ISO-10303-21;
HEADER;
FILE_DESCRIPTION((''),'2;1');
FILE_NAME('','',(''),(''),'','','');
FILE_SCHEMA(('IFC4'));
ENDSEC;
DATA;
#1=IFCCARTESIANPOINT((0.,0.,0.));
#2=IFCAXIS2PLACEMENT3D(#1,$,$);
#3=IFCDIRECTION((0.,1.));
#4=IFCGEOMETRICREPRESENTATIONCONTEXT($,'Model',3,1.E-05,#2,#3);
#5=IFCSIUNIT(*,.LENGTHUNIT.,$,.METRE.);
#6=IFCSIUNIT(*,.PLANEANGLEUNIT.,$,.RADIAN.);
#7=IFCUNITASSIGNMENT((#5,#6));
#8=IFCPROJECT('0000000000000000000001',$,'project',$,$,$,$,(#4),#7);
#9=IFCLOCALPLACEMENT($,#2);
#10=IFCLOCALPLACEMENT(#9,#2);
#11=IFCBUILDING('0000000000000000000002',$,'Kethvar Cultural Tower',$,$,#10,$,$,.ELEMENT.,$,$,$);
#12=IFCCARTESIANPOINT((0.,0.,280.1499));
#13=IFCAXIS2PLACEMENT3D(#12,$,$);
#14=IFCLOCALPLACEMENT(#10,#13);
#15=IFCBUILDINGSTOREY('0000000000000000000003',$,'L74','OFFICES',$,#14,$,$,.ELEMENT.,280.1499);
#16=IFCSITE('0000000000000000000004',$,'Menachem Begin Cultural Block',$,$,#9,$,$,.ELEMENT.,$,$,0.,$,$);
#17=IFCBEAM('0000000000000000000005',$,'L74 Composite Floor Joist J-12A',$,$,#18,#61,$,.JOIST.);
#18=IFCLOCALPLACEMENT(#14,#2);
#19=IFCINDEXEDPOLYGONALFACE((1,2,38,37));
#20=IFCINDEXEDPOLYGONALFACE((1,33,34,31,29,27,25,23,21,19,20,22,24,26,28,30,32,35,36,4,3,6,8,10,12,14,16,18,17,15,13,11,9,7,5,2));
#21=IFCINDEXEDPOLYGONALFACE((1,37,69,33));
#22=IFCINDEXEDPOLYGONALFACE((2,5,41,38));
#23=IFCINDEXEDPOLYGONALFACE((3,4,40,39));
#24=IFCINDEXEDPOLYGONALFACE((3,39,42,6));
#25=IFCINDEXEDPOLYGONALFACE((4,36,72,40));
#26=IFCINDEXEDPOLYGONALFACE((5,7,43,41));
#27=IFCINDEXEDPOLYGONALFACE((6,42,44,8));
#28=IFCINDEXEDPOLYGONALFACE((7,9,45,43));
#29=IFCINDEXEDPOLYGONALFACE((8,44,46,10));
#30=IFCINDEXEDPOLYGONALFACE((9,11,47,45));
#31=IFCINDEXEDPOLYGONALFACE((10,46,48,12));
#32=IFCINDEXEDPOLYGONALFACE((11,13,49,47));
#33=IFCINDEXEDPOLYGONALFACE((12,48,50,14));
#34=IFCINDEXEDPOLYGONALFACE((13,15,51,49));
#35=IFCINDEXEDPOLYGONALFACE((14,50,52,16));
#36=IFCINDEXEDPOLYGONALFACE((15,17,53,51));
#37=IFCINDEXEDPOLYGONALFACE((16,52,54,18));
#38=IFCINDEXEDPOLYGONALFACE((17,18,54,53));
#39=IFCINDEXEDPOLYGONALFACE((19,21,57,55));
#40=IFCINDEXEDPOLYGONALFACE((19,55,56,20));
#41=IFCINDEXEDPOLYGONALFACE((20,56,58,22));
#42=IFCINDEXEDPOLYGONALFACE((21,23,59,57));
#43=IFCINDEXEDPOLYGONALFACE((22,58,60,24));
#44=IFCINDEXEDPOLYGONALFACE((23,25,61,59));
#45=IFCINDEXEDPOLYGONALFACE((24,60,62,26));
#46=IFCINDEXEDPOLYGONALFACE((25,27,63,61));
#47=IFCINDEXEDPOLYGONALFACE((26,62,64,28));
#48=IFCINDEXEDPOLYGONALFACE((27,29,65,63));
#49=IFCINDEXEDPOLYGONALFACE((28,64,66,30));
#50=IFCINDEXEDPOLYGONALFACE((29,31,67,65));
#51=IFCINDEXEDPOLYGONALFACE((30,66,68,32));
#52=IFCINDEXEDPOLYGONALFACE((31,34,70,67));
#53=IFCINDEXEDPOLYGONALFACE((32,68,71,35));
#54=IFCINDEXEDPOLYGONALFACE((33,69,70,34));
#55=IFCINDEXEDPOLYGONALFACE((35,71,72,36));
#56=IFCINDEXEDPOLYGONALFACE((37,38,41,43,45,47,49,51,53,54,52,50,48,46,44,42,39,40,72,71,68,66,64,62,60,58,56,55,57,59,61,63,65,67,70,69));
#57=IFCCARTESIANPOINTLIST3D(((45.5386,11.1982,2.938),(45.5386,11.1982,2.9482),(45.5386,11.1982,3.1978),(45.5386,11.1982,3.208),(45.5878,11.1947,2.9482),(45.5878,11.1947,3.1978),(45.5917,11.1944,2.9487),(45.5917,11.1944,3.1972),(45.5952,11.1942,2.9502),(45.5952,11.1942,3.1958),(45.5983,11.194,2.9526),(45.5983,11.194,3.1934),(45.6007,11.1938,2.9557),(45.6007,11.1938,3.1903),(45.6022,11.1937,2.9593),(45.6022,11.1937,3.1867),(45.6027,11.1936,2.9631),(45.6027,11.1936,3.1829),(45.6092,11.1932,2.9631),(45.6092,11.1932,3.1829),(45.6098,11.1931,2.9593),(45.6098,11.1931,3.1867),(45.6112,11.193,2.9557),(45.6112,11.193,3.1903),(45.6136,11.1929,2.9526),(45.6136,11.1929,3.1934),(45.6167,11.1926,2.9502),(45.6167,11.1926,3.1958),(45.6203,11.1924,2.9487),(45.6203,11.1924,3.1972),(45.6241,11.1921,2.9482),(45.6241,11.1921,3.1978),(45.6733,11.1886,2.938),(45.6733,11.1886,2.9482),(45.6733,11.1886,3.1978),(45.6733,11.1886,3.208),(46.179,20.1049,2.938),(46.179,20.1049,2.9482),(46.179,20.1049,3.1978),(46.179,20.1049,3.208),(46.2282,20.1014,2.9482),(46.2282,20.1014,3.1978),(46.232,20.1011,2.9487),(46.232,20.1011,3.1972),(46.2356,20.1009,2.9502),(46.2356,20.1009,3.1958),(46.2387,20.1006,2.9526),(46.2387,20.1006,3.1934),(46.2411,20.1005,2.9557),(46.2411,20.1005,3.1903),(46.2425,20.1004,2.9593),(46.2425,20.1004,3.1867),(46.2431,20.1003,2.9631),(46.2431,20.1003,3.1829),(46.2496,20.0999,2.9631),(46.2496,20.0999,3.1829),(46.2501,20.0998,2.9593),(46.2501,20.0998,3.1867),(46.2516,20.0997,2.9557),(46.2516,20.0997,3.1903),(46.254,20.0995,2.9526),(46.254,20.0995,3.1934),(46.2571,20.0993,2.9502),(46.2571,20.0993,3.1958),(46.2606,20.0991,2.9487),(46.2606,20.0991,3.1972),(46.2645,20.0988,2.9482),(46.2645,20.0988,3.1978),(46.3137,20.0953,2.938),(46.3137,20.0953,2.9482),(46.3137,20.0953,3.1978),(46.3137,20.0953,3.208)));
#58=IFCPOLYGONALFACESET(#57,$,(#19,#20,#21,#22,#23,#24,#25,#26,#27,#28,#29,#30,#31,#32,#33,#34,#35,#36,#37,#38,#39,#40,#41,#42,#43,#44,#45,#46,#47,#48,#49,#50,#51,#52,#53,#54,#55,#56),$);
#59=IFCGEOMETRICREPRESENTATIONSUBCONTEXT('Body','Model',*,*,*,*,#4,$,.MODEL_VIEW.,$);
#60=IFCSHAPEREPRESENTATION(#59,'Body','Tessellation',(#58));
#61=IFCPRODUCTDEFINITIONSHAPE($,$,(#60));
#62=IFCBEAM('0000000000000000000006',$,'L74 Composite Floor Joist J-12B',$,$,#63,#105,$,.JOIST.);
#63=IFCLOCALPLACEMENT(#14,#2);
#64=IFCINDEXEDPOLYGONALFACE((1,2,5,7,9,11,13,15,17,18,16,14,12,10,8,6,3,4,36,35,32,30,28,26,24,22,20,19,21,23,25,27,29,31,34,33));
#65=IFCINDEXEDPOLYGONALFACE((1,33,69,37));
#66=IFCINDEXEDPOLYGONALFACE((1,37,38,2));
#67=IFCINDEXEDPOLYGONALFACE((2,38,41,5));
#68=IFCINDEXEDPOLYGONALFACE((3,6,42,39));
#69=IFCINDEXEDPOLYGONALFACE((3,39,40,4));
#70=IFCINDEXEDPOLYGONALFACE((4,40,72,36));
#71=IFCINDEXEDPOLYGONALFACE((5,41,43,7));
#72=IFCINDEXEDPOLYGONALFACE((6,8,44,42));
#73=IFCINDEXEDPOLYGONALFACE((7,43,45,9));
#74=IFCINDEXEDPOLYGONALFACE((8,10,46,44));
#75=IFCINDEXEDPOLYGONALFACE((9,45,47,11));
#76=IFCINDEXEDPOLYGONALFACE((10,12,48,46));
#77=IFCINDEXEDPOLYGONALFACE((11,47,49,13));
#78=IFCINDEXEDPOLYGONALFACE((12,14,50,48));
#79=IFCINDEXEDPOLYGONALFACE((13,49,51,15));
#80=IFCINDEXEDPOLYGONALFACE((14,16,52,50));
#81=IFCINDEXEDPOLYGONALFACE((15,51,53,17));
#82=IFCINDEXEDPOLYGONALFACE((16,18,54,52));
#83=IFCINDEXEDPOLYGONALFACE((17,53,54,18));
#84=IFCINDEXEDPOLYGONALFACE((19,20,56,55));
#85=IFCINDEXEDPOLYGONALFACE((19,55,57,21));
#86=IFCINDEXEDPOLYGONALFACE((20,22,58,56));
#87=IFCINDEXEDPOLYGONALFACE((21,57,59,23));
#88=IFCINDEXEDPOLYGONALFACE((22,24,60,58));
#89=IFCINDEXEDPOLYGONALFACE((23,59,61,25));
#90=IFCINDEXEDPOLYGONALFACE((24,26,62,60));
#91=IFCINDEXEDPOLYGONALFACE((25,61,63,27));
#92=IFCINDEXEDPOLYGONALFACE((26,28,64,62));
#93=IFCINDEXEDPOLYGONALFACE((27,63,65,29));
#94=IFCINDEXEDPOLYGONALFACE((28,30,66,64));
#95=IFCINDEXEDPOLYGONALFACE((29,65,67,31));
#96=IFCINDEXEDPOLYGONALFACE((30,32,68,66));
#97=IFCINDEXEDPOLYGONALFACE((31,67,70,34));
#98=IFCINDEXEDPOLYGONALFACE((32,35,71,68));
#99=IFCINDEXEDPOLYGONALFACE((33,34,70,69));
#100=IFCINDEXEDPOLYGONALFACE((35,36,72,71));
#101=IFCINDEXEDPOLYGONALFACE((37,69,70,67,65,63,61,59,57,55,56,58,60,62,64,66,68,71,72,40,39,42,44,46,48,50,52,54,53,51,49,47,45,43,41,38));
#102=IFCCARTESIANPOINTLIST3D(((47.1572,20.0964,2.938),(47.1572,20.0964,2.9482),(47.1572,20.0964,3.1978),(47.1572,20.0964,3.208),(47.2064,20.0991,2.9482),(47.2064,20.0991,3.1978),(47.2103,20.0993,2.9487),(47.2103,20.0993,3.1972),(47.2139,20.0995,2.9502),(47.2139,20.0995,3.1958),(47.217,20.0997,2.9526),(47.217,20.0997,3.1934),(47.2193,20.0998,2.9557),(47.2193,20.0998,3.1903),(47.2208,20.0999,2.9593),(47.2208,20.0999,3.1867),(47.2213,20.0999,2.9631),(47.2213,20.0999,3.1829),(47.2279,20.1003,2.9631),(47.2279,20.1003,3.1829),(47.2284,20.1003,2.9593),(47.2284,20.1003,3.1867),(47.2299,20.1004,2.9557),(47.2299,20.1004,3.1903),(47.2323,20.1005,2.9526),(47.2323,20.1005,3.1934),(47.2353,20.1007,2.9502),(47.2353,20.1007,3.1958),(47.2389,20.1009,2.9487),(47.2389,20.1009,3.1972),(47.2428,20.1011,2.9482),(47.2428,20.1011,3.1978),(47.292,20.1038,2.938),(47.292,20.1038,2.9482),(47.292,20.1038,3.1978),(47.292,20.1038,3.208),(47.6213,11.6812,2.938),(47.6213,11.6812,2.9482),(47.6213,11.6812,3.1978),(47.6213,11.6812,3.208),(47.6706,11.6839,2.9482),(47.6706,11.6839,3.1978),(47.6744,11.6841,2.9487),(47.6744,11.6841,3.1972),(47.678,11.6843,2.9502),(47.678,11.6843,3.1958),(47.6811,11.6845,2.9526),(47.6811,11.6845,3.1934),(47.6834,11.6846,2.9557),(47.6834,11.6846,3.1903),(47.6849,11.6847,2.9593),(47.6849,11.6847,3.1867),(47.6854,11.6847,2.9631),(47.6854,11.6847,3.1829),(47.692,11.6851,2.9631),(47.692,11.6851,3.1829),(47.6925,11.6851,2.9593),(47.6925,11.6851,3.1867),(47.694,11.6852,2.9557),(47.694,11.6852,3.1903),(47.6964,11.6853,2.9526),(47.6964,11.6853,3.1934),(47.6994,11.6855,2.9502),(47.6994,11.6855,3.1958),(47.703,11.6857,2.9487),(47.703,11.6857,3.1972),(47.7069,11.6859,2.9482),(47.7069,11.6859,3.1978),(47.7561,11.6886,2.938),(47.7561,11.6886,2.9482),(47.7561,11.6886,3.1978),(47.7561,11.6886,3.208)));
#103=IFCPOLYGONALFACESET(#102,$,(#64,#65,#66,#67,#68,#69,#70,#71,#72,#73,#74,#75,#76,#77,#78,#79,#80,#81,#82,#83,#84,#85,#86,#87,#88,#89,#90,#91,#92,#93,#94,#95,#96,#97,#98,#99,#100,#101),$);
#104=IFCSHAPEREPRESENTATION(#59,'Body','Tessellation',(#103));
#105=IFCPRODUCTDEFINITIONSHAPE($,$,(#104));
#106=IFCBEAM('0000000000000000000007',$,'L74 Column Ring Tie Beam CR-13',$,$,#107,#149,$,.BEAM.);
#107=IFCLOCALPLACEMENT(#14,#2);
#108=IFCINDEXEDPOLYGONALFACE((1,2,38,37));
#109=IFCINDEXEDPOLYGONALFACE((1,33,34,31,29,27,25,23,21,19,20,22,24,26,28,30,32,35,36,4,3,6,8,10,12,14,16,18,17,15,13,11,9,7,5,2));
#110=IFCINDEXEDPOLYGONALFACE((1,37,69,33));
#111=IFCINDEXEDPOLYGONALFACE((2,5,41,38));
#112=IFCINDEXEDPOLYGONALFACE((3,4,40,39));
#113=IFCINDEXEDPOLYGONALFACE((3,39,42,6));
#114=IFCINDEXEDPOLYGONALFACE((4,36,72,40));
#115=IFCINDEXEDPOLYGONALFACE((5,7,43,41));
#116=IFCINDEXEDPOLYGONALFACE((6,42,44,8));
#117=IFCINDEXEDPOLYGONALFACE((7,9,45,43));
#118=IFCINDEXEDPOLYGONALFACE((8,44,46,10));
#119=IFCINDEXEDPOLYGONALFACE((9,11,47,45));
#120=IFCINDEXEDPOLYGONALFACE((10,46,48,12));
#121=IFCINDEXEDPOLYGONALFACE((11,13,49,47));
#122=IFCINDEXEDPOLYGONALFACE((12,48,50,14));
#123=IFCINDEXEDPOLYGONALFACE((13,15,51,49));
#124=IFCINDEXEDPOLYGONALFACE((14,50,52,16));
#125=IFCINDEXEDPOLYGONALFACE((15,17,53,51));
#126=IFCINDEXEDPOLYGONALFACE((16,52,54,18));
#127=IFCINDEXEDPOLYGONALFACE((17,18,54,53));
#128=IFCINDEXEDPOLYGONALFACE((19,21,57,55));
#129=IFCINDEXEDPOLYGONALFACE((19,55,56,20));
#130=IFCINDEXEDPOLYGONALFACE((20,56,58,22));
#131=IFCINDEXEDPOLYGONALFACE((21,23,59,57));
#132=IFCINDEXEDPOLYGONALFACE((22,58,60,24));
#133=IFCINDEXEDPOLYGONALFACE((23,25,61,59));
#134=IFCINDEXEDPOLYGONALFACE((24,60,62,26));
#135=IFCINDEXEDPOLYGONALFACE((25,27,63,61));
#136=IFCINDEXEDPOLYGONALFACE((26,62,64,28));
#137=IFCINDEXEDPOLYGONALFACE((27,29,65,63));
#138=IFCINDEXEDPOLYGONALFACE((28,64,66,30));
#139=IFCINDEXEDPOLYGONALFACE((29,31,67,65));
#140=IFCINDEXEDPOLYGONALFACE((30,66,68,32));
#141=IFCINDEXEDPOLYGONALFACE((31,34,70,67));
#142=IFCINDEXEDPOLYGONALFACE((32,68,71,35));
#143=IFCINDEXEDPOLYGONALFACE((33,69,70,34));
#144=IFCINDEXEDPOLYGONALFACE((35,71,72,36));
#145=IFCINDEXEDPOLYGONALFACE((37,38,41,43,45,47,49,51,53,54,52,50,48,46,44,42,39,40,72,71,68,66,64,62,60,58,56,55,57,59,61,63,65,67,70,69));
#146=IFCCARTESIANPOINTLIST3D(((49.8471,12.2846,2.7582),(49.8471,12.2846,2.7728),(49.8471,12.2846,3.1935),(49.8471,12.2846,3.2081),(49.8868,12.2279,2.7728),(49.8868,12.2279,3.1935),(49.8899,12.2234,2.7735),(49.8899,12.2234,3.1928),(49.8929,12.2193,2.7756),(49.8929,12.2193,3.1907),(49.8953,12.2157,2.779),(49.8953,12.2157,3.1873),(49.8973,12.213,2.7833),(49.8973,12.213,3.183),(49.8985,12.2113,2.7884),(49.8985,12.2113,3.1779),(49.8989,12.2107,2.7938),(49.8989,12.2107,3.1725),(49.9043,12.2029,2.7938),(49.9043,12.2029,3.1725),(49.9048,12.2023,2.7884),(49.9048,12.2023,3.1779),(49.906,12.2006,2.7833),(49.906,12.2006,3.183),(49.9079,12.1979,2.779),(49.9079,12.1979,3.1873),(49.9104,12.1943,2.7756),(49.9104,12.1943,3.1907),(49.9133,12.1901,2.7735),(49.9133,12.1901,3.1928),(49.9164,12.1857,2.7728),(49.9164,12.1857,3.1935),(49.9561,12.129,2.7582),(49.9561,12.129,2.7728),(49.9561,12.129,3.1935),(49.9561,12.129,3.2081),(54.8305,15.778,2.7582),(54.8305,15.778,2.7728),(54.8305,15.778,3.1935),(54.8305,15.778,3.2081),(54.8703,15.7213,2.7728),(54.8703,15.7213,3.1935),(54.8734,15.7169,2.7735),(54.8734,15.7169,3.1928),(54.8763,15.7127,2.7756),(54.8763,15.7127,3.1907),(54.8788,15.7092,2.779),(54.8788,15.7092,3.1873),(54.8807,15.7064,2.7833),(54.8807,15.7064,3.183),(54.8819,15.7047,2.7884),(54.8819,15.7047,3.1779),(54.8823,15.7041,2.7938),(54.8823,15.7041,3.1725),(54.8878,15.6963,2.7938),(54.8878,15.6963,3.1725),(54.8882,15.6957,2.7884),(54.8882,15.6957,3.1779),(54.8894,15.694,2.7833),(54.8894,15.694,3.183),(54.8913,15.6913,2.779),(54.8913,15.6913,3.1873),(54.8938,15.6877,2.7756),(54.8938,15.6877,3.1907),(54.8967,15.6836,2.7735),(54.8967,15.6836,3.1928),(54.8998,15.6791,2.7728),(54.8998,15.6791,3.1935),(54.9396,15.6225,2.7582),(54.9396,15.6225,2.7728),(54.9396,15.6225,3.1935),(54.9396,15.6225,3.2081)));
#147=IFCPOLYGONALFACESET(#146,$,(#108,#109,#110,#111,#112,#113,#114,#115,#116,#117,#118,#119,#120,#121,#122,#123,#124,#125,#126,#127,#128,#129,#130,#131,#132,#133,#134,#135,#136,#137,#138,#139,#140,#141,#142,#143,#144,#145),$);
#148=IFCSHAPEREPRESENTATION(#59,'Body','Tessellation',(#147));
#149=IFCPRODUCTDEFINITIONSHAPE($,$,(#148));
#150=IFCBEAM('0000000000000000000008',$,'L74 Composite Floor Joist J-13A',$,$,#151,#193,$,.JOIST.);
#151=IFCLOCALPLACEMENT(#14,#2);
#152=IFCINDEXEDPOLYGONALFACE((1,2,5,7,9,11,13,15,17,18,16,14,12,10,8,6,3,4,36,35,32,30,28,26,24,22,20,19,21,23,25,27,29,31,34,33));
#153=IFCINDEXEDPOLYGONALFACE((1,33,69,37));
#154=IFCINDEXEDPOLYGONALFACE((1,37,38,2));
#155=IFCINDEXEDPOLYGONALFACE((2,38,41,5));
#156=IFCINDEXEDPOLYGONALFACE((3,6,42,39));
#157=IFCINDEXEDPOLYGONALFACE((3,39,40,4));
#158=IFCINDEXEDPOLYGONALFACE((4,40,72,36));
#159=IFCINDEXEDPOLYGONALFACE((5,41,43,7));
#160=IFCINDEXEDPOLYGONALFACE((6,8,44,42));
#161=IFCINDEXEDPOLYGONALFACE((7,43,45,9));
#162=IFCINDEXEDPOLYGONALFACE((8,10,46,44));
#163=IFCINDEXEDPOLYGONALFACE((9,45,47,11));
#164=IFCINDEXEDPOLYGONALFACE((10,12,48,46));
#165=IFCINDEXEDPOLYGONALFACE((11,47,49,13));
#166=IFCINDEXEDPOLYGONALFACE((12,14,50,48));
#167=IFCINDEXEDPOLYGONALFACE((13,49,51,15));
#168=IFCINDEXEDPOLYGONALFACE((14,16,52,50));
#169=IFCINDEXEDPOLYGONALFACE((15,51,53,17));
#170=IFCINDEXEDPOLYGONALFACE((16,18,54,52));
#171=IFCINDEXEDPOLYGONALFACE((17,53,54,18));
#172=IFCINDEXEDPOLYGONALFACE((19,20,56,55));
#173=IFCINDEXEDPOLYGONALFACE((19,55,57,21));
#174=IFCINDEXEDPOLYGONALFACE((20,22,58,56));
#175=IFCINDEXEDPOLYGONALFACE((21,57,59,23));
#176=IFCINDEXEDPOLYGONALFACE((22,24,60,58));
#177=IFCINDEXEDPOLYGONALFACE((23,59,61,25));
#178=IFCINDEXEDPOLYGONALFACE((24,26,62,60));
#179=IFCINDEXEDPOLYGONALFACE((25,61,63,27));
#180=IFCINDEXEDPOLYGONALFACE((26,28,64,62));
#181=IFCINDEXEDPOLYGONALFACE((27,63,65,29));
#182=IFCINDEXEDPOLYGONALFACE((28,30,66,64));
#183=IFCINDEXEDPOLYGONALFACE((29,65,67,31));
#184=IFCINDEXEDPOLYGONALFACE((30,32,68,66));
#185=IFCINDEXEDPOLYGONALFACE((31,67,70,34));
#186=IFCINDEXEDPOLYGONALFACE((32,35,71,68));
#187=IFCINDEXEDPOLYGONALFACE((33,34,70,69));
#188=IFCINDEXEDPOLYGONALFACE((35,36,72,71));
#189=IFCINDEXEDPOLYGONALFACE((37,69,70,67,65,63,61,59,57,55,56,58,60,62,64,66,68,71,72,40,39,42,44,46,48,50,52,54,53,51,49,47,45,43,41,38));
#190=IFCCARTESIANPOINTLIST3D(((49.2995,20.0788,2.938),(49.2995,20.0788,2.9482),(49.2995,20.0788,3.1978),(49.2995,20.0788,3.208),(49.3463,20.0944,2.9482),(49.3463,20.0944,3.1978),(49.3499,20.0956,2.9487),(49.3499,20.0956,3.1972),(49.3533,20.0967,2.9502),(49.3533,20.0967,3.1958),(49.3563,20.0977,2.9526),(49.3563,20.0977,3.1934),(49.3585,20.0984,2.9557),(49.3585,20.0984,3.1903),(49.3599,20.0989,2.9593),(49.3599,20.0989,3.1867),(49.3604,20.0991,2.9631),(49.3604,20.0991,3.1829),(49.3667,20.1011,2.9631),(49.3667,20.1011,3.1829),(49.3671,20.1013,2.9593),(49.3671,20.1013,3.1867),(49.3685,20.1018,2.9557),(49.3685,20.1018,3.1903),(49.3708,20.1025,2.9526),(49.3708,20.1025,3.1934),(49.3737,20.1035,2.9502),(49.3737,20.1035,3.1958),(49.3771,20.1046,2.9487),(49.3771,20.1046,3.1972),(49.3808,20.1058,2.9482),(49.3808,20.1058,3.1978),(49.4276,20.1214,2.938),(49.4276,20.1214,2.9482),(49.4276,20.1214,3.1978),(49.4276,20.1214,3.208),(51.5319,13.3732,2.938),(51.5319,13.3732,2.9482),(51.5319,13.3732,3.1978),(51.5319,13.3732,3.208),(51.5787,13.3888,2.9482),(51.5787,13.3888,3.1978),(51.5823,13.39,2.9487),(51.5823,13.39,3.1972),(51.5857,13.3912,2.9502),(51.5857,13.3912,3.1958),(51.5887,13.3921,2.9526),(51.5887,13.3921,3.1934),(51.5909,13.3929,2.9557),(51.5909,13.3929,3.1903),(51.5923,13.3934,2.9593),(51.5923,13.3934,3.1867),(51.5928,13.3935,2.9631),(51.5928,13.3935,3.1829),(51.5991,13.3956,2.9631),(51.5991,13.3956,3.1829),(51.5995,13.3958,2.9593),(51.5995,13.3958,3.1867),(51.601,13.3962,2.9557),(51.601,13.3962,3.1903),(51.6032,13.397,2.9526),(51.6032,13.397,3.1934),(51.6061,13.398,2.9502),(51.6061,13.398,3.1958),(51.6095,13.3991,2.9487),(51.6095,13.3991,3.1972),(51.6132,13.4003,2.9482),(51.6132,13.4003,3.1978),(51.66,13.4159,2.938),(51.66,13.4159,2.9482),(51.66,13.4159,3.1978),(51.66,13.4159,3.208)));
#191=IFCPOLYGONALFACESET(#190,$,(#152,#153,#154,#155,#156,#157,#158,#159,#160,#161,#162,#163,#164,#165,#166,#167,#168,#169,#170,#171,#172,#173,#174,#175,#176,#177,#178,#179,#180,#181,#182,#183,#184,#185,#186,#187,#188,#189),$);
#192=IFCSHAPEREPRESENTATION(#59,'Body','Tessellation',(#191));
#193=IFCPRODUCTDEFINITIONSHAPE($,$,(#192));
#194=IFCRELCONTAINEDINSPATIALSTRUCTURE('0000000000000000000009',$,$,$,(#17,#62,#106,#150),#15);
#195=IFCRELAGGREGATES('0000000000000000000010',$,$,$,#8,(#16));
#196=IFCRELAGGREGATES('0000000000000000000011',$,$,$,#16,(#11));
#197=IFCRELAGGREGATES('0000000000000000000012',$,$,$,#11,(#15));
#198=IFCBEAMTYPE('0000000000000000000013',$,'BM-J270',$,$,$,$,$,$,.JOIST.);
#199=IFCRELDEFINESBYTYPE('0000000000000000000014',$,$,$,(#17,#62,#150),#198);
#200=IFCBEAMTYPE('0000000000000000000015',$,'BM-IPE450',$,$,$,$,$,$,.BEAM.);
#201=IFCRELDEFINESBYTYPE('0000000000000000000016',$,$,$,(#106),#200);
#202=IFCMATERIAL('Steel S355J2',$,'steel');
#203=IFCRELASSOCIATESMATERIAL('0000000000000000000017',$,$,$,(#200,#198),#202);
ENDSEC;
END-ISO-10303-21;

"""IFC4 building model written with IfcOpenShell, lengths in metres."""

from ifc_helpers import new_model, si_unit, direction, frame, origin, origin_2d, place, context, subcontext, project, spatial, i_section, extrude, source, transform, mapped, material, material_profile, profile_set, type_object, element, save


model = new_model("IFC4")

# Units and contexts
model_context = context("Model", 3, precision=1e-05, world=origin(), true_north=direction((0.0, 1.0)))
body_context = subcontext(model_context, "Body", "Model", "MODEL_VIEW")
ifc_project = project(units=[si_unit("LENGTHUNIT", "METRE"), si_unit("PLANEANGLEUNIT", "RADIAN")], contexts=[model_context])

# Site, building, storey
site_placement = place(None, origin())
site = spatial("IfcSite", under=ifc_project, at=site_placement, Name="Menachem Begin Cultural Block", CompositionType="ELEMENT", RefElevation=0.0)
building_placement = place(site_placement, origin())
building = spatial("IfcBuilding", under=site, at=building_placement, Name="Kethvar Cultural Tower", CompositionType="ELEMENT")
storey_placement = place(building_placement, frame((0.0, 0.0, 280.1499)))
storey = spatial("IfcBuildingStorey", under=building, at=storey_placement, Name="L74", Description="OFFICES", CompositionType="ELEMENT", Elevation=280.1499)

# Shared definitions
ifc_material_1 = material(Name="Steel S355J2", Category="steel")

# Beams
ifc_material_profile_1 = material_profile(ifc_material_1, i_section(OverallWidth=0.1899, OverallDepth=0.45, WebThickness=0.0095, FlangeThickness=0.0146, FilletRadius=0.021, at=origin_2d()), Name="Steel S355J2 — IPE450")
ifc_profile_set_1 = profile_set([ifc_material_profile_1], Name="Steel S355J2 — IPE450")
beam_type_1 = type_object("IfcBeamType", Name="BM-IPE450", PredefinedType="BEAM", material=ifc_profile_set_1)
ifc_material_profile_2 = material_profile(ifc_material_1, i_section(OverallWidth=0.135, OverallDepth=0.27, WebThickness=0.0066, FlangeThickness=0.0103, FilletRadius=0.0149, at=origin_2d()), Name="Steel S355J2 — IPE270")
ifc_profile_set_2 = profile_set([ifc_material_profile_2], Name="Steel S355J2 — IPE270")
beam_type_2 = type_object("IfcBeamType", Name="BM-J270", PredefinedType="JOIST", material=ifc_profile_set_2)
shared_shape_1 = source(origin(), body_context, "Body", "SweptSolid", [
    extrude(i_section(OverallWidth=0.135, OverallDepth=0.27, WebThickness=0.0066, FlangeThickness=0.0103, FilletRadius=0.0149, at=origin_2d()), origin(), (0.0, 0.0, 1.0), 8.9297),
])
beam_1_placement = place(storey_placement, frame((46.2463, 20.1001, 3.073), z_axis=(-0.071713, -0.997425, 0.0), x_axis=(0.997425, -0.071713, 0.0)))
element("IfcBeam", 1, at=beam_1_placement, inside=storey, type_object=beam_type_2, Name="L74 Composite Floor Joist J-12A", PredefinedType="JOIST", context=body_context, shape_type="MappedRepresentation", body=[
    mapped(shared_shape_1, transform((0.0, 0.0, 0.0), scale=1.0)),
])
shared_shape_2 = source(origin(), body_context, "Body", "SweptSolid", [
    extrude(i_section(OverallWidth=0.135, OverallDepth=0.27, WebThickness=0.0066, FlangeThickness=0.0103, FilletRadius=0.0149, at=origin_2d()), origin(), (0.0, 0.0, 1.0), 8.428),
])
beam_2_placement = place(storey_placement, frame((47.2246, 20.1001, 3.073), z_axis=(0.055067, -0.998483, 0.0), x_axis=(0.998483, 0.055067, 0.0)))
element("IfcBeam", 2, at=beam_2_placement, inside=storey, type_object=beam_type_2, Name="L74 Composite Floor Joist J-12B", PredefinedType="JOIST", context=body_context, shape_type="MappedRepresentation", body=[
    mapped(shared_shape_2, transform((0.0, 0.0, 0.0), scale=1.0)),
])
shared_shape_3 = source(origin(), body_context, "Body", "SweptSolid", [
    extrude(i_section(OverallWidth=0.1899, OverallDepth=0.45, WebThickness=0.0095, FlangeThickness=0.0146, FilletRadius=0.021, at=origin_2d()), origin(), (0.0, 0.0, 1.0), 6.0859),
])
beam_3_placement = place(storey_placement, frame((49.9016, 12.2068, 2.9832), z_axis=(0.818843, 0.574017, 0.0), x_axis=(-0.574017, 0.818843, 0.0)))
element("IfcBeam", 3, at=beam_3_placement, inside=storey, type_object=beam_type_1, Name="L74 Column Ring Tie Beam CR-13", PredefinedType="BEAM", context=body_context, shape_type="MappedRepresentation", body=[
    mapped(shared_shape_3, transform((0.0, 0.0, 0.0), scale=1.0)),
])
shared_shape_4 = source(origin(), body_context, "Body", "SweptSolid", [
    extrude(i_section(OverallWidth=0.135, OverallDepth=0.27, WebThickness=0.0066, FlangeThickness=0.0103, FilletRadius=0.0149, at=origin_2d()), origin(), (0.0, 0.0, 1.0), 7.0674),
])
beam_4_placement = place(storey_placement, frame((49.3635, 20.1001, 3.073), z_axis=(0.315875, -0.948801, 0.0), x_axis=(0.948801, 0.315875, 0.0)))
element("IfcBeam", 4, at=beam_4_placement, inside=storey, type_object=beam_type_2, Name="L74 Composite Floor Joist J-13A", PredefinedType="JOIST", context=body_context, shape_type="MappedRepresentation", body=[
    mapped(shared_shape_4, transform((0.0, 0.0, 0.0), scale=1.0)),
])

save(model, "model.ifc")
